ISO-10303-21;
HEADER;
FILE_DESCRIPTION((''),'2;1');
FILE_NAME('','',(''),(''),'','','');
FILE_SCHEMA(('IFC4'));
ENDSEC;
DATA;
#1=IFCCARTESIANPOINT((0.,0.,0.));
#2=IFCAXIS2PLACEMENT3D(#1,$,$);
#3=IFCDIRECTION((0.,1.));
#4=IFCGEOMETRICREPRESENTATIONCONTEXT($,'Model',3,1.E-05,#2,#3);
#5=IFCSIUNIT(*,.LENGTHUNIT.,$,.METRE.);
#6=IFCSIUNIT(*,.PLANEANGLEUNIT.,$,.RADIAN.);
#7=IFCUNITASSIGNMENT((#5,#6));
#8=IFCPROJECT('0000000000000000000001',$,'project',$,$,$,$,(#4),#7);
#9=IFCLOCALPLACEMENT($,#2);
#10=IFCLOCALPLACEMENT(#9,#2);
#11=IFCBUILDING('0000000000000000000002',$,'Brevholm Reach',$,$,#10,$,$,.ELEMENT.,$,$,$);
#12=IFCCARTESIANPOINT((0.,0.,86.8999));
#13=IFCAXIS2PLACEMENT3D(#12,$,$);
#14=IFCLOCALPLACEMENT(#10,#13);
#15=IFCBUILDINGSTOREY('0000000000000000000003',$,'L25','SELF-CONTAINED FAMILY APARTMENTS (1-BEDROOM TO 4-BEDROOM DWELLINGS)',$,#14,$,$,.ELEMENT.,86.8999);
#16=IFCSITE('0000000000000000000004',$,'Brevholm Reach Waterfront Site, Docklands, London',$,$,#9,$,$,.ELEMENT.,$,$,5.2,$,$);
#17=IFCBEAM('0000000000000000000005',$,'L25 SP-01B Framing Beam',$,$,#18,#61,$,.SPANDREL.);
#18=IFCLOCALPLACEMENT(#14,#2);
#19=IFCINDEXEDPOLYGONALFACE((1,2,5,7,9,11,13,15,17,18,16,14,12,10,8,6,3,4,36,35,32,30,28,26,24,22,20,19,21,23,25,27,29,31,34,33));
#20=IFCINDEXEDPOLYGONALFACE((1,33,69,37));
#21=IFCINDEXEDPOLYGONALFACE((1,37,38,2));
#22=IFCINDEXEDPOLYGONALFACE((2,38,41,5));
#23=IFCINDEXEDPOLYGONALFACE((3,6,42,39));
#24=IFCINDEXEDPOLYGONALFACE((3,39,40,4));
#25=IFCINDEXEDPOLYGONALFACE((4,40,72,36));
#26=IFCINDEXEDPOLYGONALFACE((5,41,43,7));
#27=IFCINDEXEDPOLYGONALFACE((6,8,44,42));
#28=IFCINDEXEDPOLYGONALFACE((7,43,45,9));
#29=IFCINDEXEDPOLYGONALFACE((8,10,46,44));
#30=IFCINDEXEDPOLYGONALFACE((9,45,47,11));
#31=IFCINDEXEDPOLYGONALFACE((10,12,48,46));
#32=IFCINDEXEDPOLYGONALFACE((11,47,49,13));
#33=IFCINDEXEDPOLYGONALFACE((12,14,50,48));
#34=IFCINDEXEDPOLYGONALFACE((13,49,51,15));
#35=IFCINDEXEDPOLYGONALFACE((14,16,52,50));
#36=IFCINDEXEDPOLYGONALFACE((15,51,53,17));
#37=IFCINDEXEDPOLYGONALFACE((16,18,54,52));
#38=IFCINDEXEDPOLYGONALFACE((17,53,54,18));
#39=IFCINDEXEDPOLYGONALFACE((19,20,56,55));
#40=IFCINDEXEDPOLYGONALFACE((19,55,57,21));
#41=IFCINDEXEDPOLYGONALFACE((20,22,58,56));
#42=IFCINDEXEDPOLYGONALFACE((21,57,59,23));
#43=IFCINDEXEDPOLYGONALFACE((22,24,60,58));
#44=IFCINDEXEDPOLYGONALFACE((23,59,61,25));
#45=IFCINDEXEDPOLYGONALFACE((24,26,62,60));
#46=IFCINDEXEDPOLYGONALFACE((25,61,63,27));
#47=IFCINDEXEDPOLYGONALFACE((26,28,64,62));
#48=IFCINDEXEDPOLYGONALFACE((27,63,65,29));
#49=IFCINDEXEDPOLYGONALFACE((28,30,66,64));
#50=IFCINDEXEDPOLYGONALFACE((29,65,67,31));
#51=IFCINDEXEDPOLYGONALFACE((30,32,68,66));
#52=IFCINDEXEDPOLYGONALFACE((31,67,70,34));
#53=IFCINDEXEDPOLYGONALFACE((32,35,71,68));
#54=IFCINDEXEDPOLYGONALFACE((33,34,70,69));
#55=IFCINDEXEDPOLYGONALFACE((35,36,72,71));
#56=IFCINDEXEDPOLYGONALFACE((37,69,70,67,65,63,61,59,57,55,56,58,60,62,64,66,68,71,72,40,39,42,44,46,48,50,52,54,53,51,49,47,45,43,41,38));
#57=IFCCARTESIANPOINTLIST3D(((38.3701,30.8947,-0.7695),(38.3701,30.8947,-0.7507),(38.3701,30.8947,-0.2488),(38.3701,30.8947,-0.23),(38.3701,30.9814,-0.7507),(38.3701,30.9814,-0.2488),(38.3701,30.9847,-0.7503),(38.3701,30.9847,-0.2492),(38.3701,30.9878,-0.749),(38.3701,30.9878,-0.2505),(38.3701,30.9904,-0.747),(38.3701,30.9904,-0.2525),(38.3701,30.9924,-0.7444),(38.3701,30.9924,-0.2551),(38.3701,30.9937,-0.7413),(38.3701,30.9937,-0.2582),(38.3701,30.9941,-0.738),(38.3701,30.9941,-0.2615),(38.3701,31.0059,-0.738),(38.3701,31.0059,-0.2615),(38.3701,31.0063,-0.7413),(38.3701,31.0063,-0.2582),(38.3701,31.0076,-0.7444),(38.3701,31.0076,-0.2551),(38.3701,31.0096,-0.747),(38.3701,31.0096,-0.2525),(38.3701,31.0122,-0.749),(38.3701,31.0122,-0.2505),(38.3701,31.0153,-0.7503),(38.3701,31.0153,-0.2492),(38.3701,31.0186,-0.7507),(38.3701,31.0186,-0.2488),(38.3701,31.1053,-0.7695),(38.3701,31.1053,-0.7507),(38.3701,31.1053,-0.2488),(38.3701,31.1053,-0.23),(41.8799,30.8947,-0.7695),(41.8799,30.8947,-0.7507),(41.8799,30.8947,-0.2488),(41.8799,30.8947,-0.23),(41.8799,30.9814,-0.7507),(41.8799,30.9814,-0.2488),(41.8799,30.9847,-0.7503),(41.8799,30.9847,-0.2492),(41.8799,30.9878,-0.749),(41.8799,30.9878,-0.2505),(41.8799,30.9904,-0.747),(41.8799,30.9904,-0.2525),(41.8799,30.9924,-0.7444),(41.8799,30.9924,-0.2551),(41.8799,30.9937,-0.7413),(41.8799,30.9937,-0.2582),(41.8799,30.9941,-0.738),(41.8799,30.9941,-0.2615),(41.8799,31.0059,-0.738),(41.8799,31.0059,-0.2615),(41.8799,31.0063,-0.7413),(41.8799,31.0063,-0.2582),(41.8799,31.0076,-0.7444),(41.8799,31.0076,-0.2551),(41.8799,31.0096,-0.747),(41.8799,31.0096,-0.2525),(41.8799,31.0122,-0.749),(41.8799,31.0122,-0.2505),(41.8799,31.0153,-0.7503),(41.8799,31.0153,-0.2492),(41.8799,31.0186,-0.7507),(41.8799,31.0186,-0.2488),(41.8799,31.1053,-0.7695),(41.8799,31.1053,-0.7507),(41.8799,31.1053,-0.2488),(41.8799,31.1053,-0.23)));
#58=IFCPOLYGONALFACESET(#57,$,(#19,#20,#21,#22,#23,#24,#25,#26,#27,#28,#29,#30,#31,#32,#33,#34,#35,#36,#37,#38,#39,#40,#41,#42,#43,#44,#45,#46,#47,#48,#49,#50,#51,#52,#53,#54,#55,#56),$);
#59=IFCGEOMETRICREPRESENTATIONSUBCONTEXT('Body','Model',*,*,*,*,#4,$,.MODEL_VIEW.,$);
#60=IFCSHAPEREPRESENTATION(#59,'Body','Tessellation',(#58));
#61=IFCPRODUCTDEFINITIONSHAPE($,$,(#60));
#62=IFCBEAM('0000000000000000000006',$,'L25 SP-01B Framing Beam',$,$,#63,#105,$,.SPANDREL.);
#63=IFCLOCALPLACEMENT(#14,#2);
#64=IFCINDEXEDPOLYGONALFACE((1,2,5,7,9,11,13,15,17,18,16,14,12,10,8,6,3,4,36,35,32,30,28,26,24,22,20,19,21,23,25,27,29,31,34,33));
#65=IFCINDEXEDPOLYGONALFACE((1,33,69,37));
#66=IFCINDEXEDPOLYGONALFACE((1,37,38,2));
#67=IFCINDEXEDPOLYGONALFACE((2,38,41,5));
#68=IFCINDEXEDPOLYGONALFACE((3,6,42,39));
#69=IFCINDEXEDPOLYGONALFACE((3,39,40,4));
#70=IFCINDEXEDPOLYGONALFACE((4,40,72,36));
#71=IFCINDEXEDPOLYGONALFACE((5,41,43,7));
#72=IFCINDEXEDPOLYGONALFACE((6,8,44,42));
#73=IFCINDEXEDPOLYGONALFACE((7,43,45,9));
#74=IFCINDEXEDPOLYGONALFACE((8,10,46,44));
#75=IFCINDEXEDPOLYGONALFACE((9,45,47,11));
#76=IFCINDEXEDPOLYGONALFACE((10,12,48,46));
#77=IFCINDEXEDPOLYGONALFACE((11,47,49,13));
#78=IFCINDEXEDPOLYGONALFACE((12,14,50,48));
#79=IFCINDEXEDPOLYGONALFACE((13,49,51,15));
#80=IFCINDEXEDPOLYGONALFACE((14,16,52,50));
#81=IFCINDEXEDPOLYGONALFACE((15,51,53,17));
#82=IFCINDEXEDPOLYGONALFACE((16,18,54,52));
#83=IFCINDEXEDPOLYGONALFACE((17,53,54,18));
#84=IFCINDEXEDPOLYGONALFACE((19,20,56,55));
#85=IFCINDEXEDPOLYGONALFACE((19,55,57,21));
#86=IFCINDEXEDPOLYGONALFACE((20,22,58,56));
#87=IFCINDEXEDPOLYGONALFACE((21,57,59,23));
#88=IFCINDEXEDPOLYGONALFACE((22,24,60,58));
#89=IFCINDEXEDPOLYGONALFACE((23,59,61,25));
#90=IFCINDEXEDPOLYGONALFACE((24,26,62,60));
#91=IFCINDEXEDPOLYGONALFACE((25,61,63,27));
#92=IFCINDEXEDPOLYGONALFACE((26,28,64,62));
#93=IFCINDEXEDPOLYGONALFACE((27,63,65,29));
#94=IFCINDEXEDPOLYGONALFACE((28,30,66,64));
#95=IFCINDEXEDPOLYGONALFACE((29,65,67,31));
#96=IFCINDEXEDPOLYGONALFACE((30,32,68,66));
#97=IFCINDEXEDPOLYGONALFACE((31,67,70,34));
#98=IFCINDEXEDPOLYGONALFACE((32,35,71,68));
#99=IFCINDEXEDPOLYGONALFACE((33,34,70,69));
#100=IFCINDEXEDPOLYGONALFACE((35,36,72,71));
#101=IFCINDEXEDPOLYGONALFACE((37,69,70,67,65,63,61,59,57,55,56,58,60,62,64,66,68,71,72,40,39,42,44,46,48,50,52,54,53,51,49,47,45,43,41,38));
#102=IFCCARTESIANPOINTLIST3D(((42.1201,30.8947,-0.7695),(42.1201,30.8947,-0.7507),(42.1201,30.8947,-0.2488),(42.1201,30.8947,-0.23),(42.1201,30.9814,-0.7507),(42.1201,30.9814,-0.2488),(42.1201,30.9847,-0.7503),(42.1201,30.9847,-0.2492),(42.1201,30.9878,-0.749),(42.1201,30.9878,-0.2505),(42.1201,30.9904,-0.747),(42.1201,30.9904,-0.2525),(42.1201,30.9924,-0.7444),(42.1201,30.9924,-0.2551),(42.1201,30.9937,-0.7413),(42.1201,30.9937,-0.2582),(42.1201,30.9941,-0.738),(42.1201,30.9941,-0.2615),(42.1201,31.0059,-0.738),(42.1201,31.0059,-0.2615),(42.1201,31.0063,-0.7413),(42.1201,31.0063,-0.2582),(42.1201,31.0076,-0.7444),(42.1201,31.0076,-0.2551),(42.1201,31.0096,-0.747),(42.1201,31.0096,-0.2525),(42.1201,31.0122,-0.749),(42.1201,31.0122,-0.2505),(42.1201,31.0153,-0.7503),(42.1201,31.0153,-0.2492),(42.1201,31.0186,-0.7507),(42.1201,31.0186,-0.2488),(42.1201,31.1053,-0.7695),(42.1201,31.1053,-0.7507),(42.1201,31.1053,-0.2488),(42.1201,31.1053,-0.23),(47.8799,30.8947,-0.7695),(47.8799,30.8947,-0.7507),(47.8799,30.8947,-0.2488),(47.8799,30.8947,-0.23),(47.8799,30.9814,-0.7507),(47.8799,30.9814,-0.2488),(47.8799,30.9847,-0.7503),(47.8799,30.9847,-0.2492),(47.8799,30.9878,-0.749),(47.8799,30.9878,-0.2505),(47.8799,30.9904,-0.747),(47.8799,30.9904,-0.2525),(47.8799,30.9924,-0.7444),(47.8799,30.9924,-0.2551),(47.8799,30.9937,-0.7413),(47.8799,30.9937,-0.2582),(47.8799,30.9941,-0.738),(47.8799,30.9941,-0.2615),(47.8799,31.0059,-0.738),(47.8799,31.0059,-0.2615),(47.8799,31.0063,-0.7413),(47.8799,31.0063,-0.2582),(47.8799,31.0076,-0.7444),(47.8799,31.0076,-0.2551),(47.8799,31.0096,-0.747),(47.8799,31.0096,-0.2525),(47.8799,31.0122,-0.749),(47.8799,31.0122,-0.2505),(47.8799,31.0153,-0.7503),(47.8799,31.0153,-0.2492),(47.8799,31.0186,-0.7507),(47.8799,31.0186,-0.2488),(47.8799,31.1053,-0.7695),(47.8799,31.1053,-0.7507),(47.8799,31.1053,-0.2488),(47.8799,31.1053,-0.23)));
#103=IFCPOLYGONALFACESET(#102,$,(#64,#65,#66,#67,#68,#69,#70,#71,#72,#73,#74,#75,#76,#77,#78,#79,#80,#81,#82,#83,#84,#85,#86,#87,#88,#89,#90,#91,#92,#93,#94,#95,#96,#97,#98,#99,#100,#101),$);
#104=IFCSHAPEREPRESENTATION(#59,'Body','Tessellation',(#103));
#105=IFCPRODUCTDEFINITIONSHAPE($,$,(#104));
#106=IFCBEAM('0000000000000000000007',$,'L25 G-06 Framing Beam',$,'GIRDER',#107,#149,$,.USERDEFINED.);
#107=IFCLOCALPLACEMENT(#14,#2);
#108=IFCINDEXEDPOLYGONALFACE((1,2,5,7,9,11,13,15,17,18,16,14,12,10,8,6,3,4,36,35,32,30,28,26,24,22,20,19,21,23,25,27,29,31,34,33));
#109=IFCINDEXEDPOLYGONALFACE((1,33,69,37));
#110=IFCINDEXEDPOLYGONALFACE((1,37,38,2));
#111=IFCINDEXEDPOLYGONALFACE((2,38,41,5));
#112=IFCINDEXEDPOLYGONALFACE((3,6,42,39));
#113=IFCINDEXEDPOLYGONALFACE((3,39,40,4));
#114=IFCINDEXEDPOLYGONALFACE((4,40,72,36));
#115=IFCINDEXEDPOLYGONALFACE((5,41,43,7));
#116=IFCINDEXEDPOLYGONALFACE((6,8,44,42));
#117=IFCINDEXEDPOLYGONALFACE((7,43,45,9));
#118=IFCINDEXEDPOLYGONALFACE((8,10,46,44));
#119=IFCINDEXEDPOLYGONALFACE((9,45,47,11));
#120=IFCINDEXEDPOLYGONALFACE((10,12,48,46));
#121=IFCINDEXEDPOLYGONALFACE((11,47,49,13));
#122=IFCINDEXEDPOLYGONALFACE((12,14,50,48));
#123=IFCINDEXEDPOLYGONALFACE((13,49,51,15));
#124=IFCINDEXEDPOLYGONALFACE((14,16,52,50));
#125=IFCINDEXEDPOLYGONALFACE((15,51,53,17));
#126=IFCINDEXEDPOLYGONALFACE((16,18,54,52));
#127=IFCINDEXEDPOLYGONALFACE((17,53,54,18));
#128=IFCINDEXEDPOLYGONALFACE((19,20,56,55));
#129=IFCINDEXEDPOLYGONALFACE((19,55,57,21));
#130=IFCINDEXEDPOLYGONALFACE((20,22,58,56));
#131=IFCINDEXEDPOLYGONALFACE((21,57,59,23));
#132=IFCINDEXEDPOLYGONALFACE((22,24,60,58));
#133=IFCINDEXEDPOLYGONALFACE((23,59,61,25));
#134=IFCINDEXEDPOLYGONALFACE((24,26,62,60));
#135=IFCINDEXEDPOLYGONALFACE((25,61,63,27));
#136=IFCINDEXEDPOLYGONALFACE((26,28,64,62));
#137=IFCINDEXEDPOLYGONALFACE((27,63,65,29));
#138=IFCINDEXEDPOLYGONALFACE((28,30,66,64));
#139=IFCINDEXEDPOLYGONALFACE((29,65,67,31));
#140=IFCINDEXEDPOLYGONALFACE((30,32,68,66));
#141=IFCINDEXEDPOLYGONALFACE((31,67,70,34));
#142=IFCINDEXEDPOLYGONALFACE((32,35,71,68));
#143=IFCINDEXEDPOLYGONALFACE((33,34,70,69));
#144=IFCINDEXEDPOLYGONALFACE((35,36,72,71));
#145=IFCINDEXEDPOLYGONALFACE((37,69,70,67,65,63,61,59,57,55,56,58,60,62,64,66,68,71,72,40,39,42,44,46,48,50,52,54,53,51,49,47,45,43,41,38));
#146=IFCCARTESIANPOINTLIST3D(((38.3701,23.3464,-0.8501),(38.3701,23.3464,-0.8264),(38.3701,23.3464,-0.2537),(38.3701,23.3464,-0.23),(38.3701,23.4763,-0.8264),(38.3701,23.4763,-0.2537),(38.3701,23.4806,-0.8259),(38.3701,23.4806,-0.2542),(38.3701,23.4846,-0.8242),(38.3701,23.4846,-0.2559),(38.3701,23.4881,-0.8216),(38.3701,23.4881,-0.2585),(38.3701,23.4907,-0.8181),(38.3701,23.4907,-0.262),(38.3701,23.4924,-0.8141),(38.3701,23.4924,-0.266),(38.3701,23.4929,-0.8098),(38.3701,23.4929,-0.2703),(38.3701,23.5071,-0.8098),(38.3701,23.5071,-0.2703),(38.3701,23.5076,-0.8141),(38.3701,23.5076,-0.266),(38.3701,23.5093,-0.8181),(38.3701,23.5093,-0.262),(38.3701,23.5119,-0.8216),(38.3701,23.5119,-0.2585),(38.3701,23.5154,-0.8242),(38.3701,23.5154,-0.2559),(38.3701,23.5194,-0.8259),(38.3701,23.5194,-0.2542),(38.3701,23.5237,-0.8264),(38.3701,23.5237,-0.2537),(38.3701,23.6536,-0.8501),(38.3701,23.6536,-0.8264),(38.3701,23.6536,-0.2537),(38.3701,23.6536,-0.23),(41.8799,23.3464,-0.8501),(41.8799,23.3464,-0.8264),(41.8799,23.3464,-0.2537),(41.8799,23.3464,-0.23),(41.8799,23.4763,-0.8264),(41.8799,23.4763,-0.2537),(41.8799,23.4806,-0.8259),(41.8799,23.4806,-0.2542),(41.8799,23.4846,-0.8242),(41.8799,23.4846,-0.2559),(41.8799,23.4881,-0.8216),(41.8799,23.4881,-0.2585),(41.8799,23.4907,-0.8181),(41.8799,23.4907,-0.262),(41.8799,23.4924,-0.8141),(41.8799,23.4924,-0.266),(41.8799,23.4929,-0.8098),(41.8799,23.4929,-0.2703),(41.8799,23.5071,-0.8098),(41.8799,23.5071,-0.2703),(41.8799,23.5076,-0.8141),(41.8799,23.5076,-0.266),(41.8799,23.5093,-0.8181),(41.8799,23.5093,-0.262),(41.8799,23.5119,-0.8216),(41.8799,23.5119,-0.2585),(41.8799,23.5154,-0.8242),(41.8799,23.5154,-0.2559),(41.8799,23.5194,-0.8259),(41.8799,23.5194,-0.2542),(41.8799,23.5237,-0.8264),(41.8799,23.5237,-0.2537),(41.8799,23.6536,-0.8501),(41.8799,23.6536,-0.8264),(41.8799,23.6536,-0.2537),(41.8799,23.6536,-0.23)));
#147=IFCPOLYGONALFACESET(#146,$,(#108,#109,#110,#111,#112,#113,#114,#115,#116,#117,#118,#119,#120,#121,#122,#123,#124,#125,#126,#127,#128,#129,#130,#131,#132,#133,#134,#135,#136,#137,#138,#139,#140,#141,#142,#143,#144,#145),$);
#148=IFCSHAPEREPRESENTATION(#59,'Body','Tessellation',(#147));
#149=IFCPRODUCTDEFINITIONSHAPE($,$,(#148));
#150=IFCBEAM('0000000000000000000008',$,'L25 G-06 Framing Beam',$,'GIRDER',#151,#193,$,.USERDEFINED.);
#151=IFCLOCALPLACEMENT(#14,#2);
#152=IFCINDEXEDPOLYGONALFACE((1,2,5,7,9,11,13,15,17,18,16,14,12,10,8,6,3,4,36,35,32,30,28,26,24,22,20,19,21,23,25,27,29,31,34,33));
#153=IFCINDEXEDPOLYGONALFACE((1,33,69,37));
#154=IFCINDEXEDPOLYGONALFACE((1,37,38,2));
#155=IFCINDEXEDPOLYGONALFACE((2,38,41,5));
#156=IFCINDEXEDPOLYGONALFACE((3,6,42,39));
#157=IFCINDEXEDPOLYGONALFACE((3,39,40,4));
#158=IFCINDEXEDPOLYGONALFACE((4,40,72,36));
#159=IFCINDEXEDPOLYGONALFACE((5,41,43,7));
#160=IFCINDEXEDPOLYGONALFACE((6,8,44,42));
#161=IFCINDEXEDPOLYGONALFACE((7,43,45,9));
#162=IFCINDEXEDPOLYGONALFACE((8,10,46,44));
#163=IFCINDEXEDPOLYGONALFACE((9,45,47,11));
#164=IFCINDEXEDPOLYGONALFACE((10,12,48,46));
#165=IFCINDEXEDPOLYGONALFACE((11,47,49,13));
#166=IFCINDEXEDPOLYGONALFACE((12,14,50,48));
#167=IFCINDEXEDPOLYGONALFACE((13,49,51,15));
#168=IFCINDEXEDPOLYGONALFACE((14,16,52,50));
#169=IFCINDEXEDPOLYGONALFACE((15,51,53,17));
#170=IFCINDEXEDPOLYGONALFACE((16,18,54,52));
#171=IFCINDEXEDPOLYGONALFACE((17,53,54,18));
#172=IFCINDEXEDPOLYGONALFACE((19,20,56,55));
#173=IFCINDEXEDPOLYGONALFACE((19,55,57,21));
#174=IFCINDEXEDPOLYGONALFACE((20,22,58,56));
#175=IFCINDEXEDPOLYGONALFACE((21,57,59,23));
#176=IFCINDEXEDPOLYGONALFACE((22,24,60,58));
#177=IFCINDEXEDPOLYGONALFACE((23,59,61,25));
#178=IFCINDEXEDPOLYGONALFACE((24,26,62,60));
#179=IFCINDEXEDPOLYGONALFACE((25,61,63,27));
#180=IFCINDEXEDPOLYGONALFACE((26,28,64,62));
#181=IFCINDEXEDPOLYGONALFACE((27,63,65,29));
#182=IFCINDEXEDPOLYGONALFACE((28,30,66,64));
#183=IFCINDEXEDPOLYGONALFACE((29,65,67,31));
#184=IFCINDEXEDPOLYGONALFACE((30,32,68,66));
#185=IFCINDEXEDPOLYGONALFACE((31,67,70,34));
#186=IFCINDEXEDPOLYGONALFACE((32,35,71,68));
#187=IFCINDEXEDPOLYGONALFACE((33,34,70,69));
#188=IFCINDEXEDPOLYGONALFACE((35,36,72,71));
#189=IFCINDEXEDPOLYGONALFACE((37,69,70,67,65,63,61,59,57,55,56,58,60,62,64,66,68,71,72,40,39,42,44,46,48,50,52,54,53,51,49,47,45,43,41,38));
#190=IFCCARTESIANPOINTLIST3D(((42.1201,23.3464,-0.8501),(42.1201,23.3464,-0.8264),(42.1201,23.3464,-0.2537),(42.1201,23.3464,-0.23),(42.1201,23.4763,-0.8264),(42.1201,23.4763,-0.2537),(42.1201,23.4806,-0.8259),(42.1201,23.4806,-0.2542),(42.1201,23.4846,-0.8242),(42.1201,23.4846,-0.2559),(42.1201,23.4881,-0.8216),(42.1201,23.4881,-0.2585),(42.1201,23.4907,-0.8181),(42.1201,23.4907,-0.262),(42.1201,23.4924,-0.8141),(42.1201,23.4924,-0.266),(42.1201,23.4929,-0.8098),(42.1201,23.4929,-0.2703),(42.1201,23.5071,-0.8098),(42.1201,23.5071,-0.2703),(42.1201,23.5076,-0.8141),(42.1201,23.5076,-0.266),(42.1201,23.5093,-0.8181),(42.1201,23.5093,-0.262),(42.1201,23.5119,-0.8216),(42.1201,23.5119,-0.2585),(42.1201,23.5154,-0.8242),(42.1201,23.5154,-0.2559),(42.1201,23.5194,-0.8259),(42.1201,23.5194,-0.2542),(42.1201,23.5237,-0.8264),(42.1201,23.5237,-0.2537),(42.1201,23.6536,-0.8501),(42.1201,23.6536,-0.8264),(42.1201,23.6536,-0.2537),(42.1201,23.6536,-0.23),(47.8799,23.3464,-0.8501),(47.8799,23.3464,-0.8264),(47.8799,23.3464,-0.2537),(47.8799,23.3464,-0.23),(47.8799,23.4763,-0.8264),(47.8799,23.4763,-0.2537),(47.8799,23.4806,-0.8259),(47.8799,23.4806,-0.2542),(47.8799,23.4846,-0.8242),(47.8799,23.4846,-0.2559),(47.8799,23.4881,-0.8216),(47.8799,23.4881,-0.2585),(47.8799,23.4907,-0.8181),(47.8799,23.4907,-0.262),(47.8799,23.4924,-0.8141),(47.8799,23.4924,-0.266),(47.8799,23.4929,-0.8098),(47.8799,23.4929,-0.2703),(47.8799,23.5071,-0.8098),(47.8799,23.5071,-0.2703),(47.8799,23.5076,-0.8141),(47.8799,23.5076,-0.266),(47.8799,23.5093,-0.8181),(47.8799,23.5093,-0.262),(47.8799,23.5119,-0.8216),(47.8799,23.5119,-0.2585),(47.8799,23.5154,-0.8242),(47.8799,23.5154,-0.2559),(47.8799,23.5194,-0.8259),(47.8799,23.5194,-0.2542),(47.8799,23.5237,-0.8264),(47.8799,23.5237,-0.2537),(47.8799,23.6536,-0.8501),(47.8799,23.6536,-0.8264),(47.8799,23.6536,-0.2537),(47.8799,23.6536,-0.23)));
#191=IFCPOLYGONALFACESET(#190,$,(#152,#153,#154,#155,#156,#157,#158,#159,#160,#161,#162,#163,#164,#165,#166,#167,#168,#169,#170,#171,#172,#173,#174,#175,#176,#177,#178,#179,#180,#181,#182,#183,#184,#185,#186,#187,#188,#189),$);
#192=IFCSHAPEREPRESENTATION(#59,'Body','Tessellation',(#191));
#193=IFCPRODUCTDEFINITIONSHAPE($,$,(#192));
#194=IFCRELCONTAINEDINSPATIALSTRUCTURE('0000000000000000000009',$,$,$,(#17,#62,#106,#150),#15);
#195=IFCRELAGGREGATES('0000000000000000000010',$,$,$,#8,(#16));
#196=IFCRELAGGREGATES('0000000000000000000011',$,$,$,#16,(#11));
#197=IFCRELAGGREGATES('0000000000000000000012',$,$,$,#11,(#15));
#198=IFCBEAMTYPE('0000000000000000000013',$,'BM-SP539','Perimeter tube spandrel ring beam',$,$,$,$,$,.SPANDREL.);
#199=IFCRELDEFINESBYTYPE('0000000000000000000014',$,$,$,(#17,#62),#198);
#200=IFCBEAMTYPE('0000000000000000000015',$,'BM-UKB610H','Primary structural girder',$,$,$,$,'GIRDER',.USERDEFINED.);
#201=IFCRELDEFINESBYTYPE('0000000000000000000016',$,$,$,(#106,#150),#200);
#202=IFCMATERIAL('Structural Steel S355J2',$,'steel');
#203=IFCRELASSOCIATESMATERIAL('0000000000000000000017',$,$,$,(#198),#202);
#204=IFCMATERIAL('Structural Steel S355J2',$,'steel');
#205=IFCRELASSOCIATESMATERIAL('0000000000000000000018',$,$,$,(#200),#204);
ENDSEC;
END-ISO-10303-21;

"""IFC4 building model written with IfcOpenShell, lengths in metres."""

from ifc_helpers import new_model, si_unit, direction, frame, origin, origin_2d, place, context, subcontext, project, spatial, i_section, extrude, material, material_profile, profile_set, type_object, element, save


model = new_model("IFC4")

# Units and contexts
model_context = context("Model", 3, precision=1e-05, world=origin(), true_north=direction((0.0, 1.0)))
body_context = subcontext(model_context, "Body", "Model", "MODEL_VIEW")
ifc_project = project(units=[si_unit("LENGTHUNIT", "METRE"), si_unit("PLANEANGLEUNIT", "RADIAN")], contexts=[model_context])

# Site, building, storey
site_placement = place(None, origin())
site = spatial("IfcSite", under=ifc_project, at=site_placement, Name="Brevholm Reach Waterfront Site, Docklands, London", CompositionType="ELEMENT", RefElevation=5.2)
building_placement = place(site_placement, origin())
building = spatial("IfcBuilding", under=site, at=building_placement, Name="Brevholm Reach", CompositionType="ELEMENT")
storey_placement = place(building_placement, frame((0.0, 0.0, 86.8999)))
storey = spatial("IfcBuildingStorey", under=building, at=storey_placement, Name="L25", Description="SELF-CONTAINED FAMILY APARTMENTS (1-BEDROOM TO 4-BEDROOM DWELLINGS)", CompositionType="ELEMENT", Elevation=86.8999)

# Beams
ifc_material_1 = material(Name="Structural Steel S355J2", Category="steel")
ifc_material_profile_1 = material_profile(ifc_material_1, i_section(OverallWidth=0.2107, OverallDepth=0.5396, WebThickness=0.0117, FlangeThickness=0.0188, FilletRadius=0.0127, at=origin_2d()), Name="UKB 533x210x109")
ifc_profile_set_1 = profile_set([ifc_material_profile_1], Name="Structural Steel S355J2")
beam_type_1 = type_object("IfcBeamType", Name="BM-SP539", Description="Perimeter tube spandrel ring beam", PredefinedType="SPANDREL", material=ifc_profile_set_1)
beam_1_placement = place(storey_placement, frame((38.3701, 31.0, -0.4998), z_axis=(1.0, 0.0, 0.0), x_axis=(0.0, 1.0, 0.0)))
element("IfcBeam", 1, at=beam_1_placement, inside=storey, type_object=beam_type_1, Name="L25 SP-01B Framing Beam", PredefinedType="SPANDREL", context=body_context, shape_type="SweptSolid", body=[
    extrude(i_section(OverallWidth=0.2107, OverallDepth=0.5396, WebThickness=0.0117, FlangeThickness=0.0188, FilletRadius=0.0127, at=origin_2d()), origin(), (0.0, 0.0, 1.0), 3.5098),
])
beam_2_placement = place(storey_placement, frame((42.1201, 31.0, -0.4998), z_axis=(1.0, 0.0, 0.0), x_axis=(0.0, 1.0, 0.0)))
element("IfcBeam", 2, at=beam_2_placement, inside=storey, type_object=beam_type_1, Name="L25 SP-01B Framing Beam", PredefinedType="SPANDREL", context=body_context, shape_type="SweptSolid", body=[
    extrude(i_section(OverallWidth=0.2107, OverallDepth=0.5396, WebThickness=0.0117, FlangeThickness=0.0188, FilletRadius=0.0127, at=origin_2d()), origin(), (0.0, 0.0, 1.0), 5.7598),
])
ifc_material_2 = material(Name="Structural Steel S355J2", Category="steel")
ifc_material_profile_2 = material_profile(ifc_material_2, i_section(OverallWidth=0.3071, OverallDepth=0.6201, WebThickness=0.0142, FlangeThickness=0.0237, FilletRadius=0.0166, at=origin_2d()), Name="UKB 610x305x179")
ifc_profile_set_2 = profile_set([ifc_material_profile_2], Name="Structural Steel S355J2")
beam_type_2 = type_object("IfcBeamType", Name="BM-UKB610H", Description="Primary structural girder", ElementType="GIRDER", PredefinedType="USERDEFINED", material=ifc_profile_set_2)
beam_3_placement = place(storey_placement, frame((38.3701, 23.5, -0.54), z_axis=(1.0, 0.0, 0.0), x_axis=(0.0, 1.0, 0.0)))
element("IfcBeam", 3, at=beam_3_placement, inside=storey, type_object=beam_type_2, Name="L25 G-06 Framing Beam", ObjectType="GIRDER", PredefinedType="USERDEFINED", context=body_context, shape_type="SweptSolid", body=[
    extrude(i_section(OverallWidth=0.3071, OverallDepth=0.6201, WebThickness=0.0142, FlangeThickness=0.0237, FilletRadius=0.0166, at=origin_2d()), origin(), (0.0, 0.0, 1.0), 3.5098),
])
beam_4_placement = place(storey_placement, frame((42.1201, 23.5, -0.54), z_axis=(1.0, 0.0, 0.0), x_axis=(0.0, 1.0, 0.0)))
element("IfcBeam", 4, at=beam_4_placement, inside=storey, type_object=beam_type_2, Name="L25 G-06 Framing Beam", ObjectType="GIRDER", PredefinedType="USERDEFINED", context=body_context, shape_type="SweptSolid", body=[
    extrude(i_section(OverallWidth=0.3071, OverallDepth=0.6201, WebThickness=0.0142, FlangeThickness=0.0237, FilletRadius=0.0166, at=origin_2d()), origin(), (0.0, 0.0, 1.0), 5.7598),
])

save(model, "model.ifc")
